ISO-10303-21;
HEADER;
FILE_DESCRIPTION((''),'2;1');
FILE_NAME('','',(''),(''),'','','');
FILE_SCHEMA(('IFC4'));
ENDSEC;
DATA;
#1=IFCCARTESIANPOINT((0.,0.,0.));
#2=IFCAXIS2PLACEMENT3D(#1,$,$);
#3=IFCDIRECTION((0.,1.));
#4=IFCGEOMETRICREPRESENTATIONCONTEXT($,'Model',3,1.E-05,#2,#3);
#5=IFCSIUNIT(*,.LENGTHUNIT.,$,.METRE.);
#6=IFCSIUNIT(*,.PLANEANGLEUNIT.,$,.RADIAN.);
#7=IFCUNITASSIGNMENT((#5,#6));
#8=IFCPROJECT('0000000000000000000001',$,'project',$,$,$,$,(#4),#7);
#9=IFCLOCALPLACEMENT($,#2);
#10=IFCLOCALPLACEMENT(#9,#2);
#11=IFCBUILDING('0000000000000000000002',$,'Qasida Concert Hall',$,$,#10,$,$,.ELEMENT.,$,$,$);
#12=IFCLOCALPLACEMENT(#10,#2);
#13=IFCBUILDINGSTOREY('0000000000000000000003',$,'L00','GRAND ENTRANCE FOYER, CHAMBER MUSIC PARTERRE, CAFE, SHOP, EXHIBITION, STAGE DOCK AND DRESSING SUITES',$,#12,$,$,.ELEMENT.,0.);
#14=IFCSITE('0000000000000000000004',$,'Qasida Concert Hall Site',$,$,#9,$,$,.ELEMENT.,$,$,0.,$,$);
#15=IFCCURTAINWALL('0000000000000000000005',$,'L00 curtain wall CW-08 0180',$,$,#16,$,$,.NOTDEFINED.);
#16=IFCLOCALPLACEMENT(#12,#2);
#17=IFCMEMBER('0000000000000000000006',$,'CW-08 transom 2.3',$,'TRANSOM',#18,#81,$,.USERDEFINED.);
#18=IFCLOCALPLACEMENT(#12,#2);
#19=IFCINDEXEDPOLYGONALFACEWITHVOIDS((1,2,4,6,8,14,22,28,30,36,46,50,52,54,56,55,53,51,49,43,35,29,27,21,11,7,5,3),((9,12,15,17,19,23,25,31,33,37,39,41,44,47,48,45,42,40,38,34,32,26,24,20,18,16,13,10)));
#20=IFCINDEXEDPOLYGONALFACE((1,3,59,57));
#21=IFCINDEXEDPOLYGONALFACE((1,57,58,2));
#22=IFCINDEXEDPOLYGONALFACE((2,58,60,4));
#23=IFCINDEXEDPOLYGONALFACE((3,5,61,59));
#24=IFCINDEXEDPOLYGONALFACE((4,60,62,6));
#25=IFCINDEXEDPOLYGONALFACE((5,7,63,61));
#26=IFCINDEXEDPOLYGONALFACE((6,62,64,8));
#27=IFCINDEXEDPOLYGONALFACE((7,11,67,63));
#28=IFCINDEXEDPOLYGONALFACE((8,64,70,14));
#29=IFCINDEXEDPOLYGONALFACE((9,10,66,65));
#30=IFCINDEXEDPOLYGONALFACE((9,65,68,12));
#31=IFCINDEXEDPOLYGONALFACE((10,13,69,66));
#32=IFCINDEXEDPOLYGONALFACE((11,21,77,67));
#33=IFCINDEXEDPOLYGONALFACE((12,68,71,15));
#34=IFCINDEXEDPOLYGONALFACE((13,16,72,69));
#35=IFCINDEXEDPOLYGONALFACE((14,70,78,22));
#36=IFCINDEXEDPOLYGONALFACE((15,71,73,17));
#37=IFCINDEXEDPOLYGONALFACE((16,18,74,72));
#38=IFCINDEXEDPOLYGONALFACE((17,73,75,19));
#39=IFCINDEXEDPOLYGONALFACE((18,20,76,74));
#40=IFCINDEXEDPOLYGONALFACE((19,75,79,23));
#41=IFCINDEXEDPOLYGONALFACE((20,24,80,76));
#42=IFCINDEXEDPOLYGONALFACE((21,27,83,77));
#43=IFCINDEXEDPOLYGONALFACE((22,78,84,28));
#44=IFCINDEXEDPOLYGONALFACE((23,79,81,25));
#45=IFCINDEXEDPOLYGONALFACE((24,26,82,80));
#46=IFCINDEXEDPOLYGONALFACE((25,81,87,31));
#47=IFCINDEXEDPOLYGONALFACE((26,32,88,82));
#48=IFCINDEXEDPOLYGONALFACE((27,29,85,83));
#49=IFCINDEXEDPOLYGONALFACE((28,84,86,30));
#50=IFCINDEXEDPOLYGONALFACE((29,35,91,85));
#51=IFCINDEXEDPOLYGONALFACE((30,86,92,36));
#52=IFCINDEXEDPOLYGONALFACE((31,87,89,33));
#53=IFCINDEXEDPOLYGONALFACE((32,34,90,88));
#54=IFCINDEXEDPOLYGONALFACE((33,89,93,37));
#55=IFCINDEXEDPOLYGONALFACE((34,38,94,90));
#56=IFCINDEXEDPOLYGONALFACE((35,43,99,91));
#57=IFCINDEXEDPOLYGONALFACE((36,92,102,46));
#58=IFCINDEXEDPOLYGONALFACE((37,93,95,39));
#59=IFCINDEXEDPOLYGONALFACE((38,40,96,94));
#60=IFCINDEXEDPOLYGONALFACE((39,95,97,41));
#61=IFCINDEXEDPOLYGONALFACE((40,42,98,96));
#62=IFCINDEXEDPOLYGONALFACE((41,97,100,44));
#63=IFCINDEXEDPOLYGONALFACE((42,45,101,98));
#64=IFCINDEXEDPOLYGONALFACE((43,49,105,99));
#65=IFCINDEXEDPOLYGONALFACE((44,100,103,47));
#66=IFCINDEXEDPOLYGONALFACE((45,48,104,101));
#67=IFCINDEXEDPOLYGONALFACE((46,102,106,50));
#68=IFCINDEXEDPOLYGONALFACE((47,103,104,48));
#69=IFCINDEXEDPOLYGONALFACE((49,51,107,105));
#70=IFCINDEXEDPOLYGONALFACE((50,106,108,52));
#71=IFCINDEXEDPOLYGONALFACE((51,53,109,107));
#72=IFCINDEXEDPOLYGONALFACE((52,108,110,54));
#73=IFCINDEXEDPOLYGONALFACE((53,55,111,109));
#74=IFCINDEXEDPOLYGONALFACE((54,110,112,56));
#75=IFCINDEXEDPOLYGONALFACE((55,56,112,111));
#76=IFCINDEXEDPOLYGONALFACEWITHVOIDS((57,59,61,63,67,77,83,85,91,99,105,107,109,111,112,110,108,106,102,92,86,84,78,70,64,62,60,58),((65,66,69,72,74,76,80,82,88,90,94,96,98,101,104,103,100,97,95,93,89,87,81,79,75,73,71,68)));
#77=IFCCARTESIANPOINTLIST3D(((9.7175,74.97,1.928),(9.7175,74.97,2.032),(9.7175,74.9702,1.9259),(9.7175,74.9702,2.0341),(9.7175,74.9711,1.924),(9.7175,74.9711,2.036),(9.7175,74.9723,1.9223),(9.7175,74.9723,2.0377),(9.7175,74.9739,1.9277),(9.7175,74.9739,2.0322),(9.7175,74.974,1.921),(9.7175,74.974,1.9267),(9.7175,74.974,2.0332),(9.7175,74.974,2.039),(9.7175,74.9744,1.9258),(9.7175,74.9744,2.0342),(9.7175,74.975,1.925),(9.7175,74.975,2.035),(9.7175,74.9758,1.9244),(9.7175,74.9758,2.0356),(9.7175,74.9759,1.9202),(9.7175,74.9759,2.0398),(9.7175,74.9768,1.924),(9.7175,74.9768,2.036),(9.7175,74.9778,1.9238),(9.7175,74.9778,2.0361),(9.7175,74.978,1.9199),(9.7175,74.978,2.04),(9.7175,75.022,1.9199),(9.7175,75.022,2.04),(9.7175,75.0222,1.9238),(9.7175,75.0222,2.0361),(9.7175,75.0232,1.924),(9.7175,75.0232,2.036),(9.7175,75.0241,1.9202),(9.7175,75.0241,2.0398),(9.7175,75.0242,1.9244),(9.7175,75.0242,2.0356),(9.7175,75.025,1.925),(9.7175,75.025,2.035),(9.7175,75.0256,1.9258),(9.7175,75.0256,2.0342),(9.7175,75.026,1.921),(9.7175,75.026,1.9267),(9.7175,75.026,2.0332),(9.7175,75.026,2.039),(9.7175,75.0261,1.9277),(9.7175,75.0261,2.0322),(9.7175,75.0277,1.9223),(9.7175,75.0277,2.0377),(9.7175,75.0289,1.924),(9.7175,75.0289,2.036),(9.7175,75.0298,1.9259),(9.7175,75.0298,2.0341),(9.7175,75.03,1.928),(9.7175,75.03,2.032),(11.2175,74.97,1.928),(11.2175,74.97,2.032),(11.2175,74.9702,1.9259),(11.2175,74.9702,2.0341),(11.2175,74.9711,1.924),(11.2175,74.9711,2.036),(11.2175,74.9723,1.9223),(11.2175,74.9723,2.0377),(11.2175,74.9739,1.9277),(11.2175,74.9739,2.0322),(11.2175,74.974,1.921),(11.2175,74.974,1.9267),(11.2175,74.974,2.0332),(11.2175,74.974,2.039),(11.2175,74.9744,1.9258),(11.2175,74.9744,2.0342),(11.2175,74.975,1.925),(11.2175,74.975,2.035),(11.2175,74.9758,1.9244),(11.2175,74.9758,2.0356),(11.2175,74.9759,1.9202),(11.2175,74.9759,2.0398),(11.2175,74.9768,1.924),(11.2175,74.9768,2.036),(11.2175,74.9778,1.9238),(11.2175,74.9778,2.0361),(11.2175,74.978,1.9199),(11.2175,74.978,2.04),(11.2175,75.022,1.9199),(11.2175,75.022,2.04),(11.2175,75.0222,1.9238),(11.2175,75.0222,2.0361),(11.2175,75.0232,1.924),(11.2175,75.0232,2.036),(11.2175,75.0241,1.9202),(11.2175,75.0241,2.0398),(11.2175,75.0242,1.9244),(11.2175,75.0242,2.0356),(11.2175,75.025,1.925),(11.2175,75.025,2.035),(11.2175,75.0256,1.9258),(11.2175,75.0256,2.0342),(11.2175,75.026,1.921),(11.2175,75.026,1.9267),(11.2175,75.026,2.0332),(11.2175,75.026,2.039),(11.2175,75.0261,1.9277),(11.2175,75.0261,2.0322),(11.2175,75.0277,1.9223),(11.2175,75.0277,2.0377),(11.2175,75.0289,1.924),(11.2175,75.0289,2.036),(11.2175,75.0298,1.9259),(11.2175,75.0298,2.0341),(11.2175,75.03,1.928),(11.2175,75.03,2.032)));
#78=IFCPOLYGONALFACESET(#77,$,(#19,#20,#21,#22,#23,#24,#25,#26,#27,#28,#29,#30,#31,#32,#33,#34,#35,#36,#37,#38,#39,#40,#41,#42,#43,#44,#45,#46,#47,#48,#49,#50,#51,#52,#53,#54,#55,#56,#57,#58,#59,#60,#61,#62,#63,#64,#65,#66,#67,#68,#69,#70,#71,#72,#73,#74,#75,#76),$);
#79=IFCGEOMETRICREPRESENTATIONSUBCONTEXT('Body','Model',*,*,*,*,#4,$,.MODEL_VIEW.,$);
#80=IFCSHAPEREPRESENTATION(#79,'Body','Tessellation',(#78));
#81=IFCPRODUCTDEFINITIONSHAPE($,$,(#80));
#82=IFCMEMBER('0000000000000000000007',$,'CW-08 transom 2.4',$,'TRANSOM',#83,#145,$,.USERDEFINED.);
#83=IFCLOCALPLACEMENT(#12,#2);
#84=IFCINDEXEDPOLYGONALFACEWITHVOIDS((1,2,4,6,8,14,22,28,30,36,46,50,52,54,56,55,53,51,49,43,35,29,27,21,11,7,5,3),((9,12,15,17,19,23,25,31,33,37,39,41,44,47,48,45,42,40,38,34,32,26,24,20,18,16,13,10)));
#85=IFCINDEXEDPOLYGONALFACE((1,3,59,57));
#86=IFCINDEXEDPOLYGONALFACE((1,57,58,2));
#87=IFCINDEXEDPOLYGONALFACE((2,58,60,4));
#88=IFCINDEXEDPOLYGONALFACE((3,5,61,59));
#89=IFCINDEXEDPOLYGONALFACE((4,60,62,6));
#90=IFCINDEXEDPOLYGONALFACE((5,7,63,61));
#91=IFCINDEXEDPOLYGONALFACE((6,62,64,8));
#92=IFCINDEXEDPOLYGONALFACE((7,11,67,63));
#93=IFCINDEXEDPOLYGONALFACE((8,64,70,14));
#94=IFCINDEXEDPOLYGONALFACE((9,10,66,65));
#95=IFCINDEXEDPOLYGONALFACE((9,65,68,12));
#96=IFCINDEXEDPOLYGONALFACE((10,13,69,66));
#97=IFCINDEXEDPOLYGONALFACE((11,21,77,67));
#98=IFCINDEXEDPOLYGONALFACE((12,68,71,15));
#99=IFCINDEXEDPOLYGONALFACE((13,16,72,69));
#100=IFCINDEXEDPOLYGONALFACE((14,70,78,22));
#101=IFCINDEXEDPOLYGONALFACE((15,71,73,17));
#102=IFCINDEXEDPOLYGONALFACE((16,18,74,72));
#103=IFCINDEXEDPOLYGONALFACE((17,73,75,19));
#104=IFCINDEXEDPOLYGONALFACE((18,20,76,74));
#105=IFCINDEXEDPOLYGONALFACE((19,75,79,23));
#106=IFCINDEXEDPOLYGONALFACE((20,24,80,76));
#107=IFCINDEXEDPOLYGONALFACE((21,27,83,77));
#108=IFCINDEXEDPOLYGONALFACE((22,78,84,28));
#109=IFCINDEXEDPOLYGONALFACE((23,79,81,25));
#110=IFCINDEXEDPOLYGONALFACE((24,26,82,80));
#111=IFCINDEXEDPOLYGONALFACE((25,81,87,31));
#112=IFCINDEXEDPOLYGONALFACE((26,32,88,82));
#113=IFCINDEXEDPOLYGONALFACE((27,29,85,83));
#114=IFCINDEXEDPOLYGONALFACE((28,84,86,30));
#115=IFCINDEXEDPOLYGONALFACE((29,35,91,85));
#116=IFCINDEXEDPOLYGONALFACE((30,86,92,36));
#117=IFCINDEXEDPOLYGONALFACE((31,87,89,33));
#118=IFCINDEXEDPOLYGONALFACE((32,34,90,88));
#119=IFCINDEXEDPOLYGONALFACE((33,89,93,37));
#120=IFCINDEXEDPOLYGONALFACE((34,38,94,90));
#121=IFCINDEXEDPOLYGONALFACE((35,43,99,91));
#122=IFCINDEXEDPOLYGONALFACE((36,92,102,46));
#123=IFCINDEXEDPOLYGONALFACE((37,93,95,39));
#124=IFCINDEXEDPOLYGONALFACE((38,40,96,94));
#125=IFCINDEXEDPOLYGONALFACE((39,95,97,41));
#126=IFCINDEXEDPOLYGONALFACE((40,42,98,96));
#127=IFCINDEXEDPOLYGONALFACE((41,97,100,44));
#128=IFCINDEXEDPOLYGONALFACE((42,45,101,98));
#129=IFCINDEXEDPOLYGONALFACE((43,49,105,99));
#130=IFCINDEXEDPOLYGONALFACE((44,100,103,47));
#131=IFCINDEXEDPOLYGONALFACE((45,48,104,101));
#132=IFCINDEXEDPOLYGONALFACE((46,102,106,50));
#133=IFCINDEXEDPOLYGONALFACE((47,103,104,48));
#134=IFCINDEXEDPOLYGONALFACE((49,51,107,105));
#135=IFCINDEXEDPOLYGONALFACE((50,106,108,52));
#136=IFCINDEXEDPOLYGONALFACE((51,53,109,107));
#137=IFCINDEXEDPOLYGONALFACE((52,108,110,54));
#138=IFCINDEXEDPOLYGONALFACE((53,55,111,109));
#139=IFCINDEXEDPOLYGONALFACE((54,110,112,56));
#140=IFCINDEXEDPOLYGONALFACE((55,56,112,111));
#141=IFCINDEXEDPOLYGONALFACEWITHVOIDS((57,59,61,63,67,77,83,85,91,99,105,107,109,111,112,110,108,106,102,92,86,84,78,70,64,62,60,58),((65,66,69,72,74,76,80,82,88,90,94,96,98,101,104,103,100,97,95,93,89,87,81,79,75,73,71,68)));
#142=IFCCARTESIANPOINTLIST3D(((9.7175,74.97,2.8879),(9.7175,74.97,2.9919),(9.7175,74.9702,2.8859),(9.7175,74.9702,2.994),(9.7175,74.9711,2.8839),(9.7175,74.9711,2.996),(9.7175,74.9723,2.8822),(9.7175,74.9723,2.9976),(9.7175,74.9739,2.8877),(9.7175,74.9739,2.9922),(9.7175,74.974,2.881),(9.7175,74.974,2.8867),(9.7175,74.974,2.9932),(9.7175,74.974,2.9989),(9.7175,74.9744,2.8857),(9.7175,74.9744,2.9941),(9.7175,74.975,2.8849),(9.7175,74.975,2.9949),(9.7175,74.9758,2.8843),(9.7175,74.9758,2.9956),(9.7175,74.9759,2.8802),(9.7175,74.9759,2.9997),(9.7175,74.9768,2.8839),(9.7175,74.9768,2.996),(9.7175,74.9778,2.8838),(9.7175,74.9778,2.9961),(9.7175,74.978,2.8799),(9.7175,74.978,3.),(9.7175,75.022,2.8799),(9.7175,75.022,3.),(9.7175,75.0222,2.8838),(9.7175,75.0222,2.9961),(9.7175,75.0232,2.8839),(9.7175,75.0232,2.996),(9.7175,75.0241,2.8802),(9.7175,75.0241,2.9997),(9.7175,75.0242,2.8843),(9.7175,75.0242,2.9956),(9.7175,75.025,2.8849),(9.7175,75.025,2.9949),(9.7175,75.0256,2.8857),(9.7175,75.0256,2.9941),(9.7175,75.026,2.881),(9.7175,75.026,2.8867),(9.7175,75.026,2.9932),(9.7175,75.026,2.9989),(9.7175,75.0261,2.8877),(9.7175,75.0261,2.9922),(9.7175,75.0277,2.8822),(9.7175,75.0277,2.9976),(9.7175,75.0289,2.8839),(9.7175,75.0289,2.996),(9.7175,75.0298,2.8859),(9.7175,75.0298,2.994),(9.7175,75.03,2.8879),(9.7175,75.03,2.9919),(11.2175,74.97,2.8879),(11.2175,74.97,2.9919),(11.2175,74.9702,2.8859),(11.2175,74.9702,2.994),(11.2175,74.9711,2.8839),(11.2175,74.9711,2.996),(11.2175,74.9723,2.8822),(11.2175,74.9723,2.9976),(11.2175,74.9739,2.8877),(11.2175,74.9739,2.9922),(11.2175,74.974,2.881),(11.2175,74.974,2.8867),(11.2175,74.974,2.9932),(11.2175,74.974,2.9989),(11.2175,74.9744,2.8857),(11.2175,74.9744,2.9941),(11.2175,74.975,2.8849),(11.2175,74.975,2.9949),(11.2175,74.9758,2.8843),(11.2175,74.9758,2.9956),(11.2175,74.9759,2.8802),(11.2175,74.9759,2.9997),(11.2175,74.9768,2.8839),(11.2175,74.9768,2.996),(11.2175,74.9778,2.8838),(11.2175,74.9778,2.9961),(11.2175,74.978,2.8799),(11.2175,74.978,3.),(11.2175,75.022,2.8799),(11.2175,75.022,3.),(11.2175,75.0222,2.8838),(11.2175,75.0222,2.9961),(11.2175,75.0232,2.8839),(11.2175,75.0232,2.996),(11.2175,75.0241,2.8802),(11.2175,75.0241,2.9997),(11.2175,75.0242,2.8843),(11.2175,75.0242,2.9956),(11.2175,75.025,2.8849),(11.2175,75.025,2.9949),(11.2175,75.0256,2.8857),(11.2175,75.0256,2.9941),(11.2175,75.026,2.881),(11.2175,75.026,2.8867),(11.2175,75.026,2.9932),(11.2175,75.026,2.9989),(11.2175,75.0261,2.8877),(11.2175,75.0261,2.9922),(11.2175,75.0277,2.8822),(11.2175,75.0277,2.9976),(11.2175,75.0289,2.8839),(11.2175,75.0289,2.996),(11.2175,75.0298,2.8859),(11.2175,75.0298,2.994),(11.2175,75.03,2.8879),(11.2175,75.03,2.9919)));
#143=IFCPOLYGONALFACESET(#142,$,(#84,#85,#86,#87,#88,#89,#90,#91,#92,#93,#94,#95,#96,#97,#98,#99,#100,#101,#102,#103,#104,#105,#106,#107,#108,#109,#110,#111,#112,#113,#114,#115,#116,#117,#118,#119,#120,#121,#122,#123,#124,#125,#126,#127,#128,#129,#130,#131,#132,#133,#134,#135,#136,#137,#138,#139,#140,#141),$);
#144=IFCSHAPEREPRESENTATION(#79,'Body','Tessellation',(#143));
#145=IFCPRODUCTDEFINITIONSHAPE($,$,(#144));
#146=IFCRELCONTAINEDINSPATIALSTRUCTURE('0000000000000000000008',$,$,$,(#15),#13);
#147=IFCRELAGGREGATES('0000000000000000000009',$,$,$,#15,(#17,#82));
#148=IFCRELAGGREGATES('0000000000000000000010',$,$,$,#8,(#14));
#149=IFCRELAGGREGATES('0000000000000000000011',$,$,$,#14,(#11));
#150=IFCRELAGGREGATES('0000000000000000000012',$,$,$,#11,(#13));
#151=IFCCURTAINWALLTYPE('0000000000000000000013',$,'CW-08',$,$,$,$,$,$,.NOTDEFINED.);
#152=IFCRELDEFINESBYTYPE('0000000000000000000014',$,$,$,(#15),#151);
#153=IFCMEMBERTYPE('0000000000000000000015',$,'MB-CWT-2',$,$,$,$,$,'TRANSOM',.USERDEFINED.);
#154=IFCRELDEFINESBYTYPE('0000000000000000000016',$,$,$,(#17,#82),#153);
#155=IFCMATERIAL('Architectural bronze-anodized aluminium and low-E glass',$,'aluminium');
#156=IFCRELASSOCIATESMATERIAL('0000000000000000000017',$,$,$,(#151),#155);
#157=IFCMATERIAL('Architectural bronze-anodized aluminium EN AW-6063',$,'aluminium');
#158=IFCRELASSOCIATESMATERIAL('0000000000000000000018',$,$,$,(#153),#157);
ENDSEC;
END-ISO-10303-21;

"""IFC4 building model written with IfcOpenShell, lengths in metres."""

from ifc_helpers import new_model, si_unit, direction, frame, origin, origin_2d, place, context, subcontext, project, spatial, hollow_rectangle, extrude, material, material_profile, profile_set, type_object, element, aggregate, save


model = new_model("IFC4")

# Units and contexts
model_context = context("Model", 3, precision=1e-05, world=origin(), true_north=direction((0.0, 1.0)))
body_context = subcontext(model_context, "Body", "Model", "MODEL_VIEW")
ifc_project = project(units=[si_unit("LENGTHUNIT", "METRE"), si_unit("PLANEANGLEUNIT", "RADIAN")], contexts=[model_context])

# Site, building, storey
site_placement = place(None, origin())
site = spatial("IfcSite", under=ifc_project, at=site_placement, Name="Qasida Concert Hall Site", CompositionType="ELEMENT", RefElevation=0.0)
building_placement = place(site_placement, origin())
building = spatial("IfcBuilding", under=site, at=building_placement, Name="Qasida Concert Hall", CompositionType="ELEMENT")
storey_placement = place(building_placement, origin())
storey = spatial("IfcBuildingStorey", under=building, at=storey_placement, Name="L00", Description="GRAND ENTRANCE FOYER, CHAMBER MUSIC PARTERRE, CAFE, SHOP, EXHIBITION, STAGE DOCK AND DRESSING SUITES", CompositionType="ELEMENT", Elevation=0.0)

# Curtain wall, members
ifc_material_1 = material(Name="Architectural bronze-anodized aluminium and low-E glass", Category="aluminium")
curtain_wall_type = type_object("IfcCurtainWallType", Name="CW-08", PredefinedType="NOTDEFINED", material=ifc_material_1)
curtain_wall_placement = place(storey_placement, origin())
curtain_wall = element("IfcCurtainWall", 1, at=curtain_wall_placement, inside=storey, type_object=curtain_wall_type, Name="L00 curtain wall CW-08 0180", PredefinedType="NOTDEFINED")
ifc_material_2 = material(Name="Architectural bronze-anodized aluminium EN AW-6063", Category="aluminium")
ifc_material_profile_1 = material_profile(ifc_material_2, hollow_rectangle(XDim=0.0601, YDim=0.1201, WallThickness=0.0039, InnerFilletRadius=0.0039, OuterFilletRadius=0.0081, at=origin_2d()), Name="CWT 120x60x4")
ifc_profile_set_1 = profile_set([ifc_material_profile_1], Name="Architectural bronze-anodized aluminium EN AW-6063")
member_type_1 = type_object("IfcMemberType", Name="MB-CWT-2", ElementType="TRANSOM", PredefinedType="USERDEFINED", material=ifc_profile_set_1)
member_1_placement = place(storey_placement, frame((9.7175, 75.0, 1.98), z_axis=(1.0, 0.0, 0.0), x_axis=(0.0, 1.0, 0.0)))
member_1 = element("IfcMember", 2, at=member_1_placement, type_object=member_type_1, Name="CW-08 transom 2.3", ObjectType="TRANSOM", PredefinedType="USERDEFINED", context=body_context, shape_type="SweptSolid", body=[
    extrude(hollow_rectangle(XDim=0.0601, YDim=0.1201, WallThickness=0.0039, InnerFilletRadius=0.0039, OuterFilletRadius=0.0081, at=origin_2d()), origin(), (0.0, 0.0, 1.0), 1.5),
])
member_2_placement = place(storey_placement, frame((9.7175, 75.0, 2.9399), z_axis=(1.0, 0.0, 0.0), x_axis=(0.0, 1.0, 0.0)))
member_2 = element("IfcMember", 3, at=member_2_placement, type_object=member_type_1, Name="CW-08 transom 2.4", ObjectType="TRANSOM", PredefinedType="USERDEFINED", context=body_context, shape_type="SweptSolid", body=[
    extrude(hollow_rectangle(XDim=0.0601, YDim=0.1201, WallThickness=0.0039, InnerFilletRadius=0.0039, OuterFilletRadius=0.0081, at=origin_2d()), origin(), (0.0, 0.0, 1.0), 1.5),
])
aggregate(curtain_wall, [member_1, member_2])

save(model, "model.ifc")
